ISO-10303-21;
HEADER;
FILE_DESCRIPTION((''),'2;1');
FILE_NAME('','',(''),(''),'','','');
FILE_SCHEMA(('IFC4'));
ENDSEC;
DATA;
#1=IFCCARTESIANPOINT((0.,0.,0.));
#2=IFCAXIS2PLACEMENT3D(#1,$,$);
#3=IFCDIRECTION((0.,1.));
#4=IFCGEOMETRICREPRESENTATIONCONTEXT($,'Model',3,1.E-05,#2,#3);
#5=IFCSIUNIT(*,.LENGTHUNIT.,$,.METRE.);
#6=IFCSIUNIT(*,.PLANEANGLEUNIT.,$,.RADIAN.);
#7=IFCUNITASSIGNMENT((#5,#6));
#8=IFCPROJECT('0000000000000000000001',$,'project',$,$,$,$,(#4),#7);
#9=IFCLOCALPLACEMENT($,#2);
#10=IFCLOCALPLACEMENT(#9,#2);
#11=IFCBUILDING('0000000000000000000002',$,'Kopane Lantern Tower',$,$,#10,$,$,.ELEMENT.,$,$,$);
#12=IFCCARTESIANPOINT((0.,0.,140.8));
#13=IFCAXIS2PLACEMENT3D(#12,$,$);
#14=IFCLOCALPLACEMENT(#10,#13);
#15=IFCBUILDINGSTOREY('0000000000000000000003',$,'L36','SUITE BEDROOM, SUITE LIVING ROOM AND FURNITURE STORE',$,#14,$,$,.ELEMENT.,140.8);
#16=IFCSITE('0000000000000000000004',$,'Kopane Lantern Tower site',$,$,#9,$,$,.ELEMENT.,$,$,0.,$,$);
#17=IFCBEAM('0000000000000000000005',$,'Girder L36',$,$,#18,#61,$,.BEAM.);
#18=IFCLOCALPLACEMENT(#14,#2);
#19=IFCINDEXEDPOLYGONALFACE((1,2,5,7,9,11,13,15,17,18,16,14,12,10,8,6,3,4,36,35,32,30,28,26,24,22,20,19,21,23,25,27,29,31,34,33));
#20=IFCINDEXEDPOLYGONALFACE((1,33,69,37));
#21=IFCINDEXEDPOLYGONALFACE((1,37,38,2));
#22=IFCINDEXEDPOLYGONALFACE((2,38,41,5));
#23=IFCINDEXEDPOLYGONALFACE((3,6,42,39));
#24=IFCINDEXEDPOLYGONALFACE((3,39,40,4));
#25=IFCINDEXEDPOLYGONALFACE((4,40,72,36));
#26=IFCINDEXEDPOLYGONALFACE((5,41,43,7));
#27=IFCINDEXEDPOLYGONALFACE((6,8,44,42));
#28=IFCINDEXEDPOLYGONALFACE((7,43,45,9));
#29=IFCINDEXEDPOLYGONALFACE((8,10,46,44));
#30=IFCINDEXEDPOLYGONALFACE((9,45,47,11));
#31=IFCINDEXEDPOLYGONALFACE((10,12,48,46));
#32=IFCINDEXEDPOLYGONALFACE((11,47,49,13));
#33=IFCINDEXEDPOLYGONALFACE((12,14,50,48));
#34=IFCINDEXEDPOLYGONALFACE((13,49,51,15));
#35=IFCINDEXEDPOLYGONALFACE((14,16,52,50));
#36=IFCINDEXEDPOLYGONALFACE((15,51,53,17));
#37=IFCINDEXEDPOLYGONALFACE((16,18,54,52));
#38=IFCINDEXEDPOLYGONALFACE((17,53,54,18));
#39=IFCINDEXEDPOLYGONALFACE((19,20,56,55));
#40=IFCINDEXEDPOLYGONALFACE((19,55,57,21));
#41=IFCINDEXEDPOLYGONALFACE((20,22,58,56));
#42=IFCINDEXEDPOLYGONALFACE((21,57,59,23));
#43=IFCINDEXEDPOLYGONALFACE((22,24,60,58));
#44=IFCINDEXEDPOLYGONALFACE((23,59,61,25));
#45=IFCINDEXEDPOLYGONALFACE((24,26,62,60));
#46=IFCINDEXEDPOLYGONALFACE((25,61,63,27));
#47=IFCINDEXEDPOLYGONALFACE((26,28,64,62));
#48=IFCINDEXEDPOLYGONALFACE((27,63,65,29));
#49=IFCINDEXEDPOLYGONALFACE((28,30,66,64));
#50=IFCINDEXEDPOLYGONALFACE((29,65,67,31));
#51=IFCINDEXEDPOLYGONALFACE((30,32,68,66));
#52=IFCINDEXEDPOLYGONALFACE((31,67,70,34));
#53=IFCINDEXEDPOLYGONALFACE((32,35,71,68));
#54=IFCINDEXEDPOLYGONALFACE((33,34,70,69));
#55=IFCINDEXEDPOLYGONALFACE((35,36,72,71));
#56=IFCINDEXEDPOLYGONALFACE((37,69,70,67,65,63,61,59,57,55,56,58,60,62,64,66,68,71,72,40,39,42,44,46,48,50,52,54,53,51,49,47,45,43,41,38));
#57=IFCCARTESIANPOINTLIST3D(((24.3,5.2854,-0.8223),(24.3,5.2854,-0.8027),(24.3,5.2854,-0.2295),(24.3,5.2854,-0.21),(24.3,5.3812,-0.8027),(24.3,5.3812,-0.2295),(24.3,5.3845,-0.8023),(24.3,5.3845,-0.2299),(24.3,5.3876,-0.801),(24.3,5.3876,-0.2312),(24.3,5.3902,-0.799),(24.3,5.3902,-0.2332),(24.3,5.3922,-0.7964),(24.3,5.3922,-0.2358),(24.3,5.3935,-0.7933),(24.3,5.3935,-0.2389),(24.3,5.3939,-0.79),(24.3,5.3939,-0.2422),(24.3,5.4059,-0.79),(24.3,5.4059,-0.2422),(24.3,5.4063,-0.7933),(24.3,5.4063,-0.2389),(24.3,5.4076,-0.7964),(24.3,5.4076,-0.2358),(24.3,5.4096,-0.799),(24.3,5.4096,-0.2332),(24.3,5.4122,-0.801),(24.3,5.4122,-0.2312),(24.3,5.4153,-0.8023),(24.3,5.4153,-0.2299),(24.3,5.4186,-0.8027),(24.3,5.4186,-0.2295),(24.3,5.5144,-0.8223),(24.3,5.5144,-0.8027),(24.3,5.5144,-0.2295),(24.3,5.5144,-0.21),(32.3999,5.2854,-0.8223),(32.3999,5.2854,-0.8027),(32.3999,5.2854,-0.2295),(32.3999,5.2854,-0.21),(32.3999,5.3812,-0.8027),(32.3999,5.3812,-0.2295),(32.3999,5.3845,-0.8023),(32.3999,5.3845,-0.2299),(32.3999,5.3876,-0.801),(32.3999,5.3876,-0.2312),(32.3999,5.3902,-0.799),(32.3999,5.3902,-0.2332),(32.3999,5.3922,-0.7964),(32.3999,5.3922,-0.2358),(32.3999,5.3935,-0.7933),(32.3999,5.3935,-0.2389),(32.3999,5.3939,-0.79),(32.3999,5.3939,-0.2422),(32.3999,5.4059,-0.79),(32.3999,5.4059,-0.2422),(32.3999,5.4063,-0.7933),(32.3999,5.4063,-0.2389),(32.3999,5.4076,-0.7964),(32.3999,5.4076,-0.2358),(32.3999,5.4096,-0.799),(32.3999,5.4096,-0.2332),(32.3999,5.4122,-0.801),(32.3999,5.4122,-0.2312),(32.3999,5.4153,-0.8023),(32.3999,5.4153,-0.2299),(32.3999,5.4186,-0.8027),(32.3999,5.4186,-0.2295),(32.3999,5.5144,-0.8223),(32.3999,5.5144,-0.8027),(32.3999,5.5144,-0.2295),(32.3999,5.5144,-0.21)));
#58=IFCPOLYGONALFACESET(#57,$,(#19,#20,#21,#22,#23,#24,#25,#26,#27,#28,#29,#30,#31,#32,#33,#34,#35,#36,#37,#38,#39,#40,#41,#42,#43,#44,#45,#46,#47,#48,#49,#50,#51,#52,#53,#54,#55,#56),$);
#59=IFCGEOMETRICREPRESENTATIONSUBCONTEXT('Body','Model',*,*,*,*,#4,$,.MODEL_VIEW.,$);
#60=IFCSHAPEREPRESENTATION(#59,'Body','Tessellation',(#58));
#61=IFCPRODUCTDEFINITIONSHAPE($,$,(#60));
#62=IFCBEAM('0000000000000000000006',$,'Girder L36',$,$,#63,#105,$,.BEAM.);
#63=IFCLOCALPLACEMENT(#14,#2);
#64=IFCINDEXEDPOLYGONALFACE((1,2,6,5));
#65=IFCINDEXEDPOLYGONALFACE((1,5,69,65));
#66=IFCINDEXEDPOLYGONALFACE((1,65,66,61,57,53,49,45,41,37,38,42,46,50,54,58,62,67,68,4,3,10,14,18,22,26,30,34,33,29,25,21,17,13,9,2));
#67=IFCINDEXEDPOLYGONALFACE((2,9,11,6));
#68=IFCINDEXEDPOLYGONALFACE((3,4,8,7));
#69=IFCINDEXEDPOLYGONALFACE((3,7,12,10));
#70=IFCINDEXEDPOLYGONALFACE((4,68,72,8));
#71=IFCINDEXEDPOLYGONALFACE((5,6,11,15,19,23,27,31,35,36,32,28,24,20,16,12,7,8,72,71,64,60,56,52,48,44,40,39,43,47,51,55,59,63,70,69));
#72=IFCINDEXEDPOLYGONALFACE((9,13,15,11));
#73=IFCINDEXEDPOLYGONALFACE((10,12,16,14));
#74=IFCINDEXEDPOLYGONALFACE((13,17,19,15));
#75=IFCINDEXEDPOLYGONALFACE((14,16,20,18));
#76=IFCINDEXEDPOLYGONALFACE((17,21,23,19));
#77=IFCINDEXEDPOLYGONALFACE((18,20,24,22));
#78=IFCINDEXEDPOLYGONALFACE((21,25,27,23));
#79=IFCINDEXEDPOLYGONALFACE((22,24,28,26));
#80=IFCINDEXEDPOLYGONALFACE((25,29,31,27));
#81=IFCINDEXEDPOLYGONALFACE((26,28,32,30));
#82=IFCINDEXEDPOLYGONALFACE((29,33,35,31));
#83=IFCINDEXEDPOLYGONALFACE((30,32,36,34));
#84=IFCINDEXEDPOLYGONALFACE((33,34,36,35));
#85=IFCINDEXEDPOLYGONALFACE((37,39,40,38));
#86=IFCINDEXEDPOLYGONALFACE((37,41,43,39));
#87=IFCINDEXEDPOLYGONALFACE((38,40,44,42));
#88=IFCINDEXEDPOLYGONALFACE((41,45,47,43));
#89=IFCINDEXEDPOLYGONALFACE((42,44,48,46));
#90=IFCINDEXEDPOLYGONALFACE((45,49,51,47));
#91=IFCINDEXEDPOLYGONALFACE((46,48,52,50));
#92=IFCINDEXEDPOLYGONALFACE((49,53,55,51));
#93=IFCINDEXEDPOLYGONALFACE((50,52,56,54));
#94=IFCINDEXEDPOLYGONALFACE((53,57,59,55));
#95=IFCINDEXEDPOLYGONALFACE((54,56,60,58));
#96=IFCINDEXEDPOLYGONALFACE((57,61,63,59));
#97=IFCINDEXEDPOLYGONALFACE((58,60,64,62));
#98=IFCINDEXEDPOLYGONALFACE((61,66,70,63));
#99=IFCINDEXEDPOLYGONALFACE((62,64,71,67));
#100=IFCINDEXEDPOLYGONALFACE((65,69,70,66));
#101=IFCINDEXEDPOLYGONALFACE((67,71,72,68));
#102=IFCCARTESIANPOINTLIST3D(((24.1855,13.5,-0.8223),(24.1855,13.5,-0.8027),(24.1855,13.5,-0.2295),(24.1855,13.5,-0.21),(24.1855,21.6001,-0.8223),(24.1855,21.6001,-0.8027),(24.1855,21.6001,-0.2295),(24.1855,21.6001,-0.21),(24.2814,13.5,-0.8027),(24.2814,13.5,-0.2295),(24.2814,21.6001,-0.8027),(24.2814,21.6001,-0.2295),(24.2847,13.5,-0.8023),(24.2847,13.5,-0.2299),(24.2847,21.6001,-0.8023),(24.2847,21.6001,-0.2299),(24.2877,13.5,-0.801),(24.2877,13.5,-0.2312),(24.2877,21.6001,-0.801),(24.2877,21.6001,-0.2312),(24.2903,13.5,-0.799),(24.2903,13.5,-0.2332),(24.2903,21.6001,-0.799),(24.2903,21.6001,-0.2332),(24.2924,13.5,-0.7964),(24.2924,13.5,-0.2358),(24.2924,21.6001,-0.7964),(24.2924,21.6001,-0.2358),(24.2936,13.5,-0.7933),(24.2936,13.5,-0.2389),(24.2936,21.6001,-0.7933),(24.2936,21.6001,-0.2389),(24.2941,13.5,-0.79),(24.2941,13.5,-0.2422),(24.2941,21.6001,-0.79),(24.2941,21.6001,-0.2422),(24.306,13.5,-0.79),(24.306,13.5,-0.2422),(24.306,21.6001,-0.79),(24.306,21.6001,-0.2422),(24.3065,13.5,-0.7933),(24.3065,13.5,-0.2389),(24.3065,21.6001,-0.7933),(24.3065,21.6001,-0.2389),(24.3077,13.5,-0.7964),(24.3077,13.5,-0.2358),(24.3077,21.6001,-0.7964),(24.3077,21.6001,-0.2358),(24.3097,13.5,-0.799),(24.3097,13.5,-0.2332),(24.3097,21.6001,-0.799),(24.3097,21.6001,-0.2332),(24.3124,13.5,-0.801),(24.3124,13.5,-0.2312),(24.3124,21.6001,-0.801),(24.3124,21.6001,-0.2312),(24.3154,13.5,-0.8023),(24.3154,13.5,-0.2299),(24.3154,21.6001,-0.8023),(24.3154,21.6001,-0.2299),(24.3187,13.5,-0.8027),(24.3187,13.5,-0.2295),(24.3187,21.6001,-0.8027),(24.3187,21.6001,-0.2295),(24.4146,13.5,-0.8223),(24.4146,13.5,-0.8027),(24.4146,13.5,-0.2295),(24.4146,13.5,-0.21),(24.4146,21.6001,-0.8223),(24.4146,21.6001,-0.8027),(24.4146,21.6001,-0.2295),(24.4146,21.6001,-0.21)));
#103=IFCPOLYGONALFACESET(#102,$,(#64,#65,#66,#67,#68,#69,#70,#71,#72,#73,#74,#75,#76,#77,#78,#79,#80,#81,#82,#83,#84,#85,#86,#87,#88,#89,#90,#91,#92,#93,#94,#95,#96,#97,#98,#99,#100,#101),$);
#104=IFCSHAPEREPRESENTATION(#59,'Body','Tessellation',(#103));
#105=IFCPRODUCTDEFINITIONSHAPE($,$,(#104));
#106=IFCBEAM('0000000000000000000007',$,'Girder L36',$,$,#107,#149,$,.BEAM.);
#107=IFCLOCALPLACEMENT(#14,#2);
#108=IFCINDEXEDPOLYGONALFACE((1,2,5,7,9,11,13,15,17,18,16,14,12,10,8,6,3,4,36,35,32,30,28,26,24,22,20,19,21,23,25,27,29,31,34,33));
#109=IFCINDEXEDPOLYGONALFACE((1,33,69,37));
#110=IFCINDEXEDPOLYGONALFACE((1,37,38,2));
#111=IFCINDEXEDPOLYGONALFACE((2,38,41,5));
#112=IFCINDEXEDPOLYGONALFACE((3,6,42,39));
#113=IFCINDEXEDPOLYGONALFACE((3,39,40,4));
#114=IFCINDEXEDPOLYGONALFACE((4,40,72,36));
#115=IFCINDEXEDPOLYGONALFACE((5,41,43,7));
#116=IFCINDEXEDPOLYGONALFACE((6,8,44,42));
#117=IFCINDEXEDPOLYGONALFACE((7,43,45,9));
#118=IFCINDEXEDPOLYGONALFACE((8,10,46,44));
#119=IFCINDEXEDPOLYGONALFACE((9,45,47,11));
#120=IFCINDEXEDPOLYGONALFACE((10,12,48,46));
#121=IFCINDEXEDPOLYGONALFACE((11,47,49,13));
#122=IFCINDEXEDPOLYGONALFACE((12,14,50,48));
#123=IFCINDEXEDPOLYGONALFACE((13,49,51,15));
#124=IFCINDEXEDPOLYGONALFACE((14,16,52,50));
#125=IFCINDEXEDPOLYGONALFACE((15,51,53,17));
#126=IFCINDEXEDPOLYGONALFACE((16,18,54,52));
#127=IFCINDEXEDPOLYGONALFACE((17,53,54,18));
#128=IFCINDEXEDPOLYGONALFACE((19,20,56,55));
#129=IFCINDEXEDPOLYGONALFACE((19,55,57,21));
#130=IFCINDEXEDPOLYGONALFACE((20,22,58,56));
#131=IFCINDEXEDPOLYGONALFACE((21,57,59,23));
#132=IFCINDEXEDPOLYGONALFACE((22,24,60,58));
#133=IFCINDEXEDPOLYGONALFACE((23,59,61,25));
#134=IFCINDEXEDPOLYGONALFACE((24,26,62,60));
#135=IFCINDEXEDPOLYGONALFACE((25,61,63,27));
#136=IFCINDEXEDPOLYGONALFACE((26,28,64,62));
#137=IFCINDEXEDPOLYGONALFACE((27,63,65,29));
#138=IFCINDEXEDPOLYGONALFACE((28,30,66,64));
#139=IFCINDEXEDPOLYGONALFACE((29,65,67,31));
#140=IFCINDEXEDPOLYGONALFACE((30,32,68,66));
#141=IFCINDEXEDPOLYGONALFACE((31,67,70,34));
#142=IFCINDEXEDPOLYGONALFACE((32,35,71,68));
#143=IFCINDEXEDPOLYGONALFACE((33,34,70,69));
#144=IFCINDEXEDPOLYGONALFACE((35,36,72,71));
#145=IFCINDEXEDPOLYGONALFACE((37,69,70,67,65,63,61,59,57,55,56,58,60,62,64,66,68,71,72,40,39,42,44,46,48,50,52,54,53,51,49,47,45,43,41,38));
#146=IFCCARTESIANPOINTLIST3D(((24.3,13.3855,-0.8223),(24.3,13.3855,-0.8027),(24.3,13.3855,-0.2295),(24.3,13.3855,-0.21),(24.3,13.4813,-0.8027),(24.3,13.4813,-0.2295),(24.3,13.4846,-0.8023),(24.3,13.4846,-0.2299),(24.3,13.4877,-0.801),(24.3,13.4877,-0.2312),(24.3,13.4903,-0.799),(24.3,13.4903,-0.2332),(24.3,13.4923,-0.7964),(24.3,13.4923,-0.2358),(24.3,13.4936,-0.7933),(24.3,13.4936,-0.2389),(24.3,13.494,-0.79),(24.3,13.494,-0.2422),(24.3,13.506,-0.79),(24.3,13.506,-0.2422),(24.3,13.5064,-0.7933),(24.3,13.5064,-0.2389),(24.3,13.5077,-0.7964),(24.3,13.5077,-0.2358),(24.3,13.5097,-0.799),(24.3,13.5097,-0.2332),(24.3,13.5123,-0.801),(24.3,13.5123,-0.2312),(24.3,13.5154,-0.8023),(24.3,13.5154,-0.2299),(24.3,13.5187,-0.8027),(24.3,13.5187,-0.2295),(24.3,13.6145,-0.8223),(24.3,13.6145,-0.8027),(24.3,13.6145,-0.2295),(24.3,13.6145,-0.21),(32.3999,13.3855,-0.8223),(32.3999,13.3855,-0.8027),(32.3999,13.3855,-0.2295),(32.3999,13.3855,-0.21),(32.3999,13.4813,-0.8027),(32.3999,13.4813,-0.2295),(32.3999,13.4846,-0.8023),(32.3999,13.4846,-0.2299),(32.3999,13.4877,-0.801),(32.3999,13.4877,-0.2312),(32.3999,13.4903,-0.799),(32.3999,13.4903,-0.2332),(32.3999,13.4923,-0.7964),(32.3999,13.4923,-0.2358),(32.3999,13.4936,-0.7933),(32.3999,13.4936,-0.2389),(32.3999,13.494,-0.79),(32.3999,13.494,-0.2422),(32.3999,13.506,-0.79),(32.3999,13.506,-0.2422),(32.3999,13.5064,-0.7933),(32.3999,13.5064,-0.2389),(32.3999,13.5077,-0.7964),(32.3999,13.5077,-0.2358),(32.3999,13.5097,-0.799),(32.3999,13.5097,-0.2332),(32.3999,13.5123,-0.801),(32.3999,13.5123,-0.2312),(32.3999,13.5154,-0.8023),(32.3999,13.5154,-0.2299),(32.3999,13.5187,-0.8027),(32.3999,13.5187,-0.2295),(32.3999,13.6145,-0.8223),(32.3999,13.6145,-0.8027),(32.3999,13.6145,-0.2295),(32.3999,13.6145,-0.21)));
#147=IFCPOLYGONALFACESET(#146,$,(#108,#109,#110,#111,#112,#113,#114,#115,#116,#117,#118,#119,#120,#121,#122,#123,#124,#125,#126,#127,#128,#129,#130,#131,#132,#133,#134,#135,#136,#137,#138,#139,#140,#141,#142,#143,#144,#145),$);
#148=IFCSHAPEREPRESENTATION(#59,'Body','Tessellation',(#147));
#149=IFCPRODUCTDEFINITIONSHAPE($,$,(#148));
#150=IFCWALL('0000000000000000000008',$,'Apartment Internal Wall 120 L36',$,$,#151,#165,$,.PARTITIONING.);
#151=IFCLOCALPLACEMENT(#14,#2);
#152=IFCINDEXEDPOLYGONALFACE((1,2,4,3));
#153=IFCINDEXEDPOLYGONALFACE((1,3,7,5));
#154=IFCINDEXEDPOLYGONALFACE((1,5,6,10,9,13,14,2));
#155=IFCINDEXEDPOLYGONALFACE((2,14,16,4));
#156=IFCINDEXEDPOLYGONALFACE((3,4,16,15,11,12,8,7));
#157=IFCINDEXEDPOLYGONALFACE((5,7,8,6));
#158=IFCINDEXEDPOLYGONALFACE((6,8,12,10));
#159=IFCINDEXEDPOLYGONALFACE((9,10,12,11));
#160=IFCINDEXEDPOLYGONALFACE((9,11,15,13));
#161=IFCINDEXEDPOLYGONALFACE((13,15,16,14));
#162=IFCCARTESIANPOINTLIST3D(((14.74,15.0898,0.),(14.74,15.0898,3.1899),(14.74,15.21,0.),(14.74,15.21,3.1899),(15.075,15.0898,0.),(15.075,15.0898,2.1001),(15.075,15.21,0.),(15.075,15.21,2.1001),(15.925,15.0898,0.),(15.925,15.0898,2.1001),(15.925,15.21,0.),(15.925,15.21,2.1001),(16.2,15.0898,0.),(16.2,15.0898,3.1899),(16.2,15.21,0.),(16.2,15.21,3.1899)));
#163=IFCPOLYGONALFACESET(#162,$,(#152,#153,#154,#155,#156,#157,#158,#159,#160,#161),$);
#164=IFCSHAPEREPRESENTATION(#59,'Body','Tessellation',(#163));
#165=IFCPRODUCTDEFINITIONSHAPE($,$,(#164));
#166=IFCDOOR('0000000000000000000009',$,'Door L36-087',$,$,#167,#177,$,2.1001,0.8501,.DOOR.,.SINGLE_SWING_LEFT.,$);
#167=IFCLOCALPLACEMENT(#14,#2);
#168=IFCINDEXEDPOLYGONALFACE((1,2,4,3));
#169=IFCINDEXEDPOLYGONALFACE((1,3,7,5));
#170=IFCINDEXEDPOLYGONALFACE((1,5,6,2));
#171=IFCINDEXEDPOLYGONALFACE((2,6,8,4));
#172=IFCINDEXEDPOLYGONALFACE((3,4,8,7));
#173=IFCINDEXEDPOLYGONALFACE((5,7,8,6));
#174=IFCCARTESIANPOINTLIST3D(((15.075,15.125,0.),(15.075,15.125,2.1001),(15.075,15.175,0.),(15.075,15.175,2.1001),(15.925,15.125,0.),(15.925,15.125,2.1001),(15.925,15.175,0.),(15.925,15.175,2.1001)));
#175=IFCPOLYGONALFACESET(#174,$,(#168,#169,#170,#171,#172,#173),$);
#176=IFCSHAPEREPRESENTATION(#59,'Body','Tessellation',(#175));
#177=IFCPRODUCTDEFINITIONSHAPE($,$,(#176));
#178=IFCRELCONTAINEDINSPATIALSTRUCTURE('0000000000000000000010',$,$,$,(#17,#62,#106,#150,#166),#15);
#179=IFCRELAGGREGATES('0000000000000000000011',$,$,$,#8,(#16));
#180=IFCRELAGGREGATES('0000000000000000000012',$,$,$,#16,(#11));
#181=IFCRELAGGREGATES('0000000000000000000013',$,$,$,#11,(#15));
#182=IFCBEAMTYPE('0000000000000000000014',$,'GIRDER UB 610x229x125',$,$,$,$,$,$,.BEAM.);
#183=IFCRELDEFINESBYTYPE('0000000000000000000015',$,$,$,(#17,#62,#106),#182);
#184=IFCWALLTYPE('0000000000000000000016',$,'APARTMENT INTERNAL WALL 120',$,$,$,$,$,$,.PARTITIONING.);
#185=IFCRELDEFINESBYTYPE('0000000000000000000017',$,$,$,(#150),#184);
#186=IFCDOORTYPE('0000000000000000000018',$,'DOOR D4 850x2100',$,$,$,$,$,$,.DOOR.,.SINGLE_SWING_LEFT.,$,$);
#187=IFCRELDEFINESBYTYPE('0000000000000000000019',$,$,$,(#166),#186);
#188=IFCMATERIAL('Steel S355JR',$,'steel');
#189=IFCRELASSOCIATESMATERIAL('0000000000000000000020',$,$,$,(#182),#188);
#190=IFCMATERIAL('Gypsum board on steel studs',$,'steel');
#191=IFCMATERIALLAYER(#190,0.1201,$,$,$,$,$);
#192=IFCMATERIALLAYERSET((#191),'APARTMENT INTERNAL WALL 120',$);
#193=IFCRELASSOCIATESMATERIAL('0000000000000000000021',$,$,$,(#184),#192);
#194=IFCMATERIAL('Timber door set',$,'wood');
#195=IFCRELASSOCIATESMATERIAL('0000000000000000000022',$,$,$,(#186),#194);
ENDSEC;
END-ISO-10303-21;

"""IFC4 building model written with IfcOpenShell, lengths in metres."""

from ifc_helpers import new_model, si_unit, direction, frame, frame_2d, origin, origin_2d, place, context, subcontext, project, spatial, rectangle, i_section, extrude, material, layer, layer_set, material_profile, profile_set, type_object, element, fill, save


model = new_model("IFC4")

# Units and contexts
model_context = context("Model", 3, precision=1e-05, world=origin(), true_north=direction((0.0, 1.0)))
body_context = subcontext(model_context, "Body", "Model", "MODEL_VIEW")
ifc_project = project(units=[si_unit("LENGTHUNIT", "METRE"), si_unit("PLANEANGLEUNIT", "RADIAN")], contexts=[model_context])

# Site, building, storey
site_placement = place(None, origin())
site = spatial("IfcSite", under=ifc_project, at=site_placement, Name="Kopane Lantern Tower site", CompositionType="ELEMENT", RefElevation=0.0)
building_placement = place(site_placement, origin())
building = spatial("IfcBuilding", under=site, at=building_placement, Name="Kopane Lantern Tower", CompositionType="ELEMENT")
storey_placement = place(building_placement, frame((0.0, 0.0, 140.8)))
storey = spatial("IfcBuildingStorey", under=building, at=storey_placement, Name="L36", Description="SUITE BEDROOM, SUITE LIVING ROOM AND FURNITURE STORE", CompositionType="ELEMENT", Elevation=140.8)

# Beams
ifc_material_1 = material(Name="Steel S355JR", Category="steel")
ifc_material_profile_1 = material_profile(ifc_material_1, i_section(OverallWidth=0.229, OverallDepth=0.6123, WebThickness=0.012, FlangeThickness=0.0195, FilletRadius=0.0127, at=origin_2d()), Name="UB 610x229x125")
ifc_profile_set_1 = profile_set([ifc_material_profile_1], Name="Steel S355JR")
beam_type = type_object("IfcBeamType", Name="GIRDER UB 610x229x125", PredefinedType="BEAM", material=ifc_profile_set_1)
beam_1_placement = place(storey_placement, frame((24.3, 5.3999, -0.5161), z_axis=(1.0, 0.0, 0.0), x_axis=(0.0, 1.0, 0.0)))
element("IfcBeam", 1, at=beam_1_placement, inside=storey, type_object=beam_type, Name="Girder L36", PredefinedType="BEAM", context=body_context, shape_type="SweptSolid", body=[
    extrude(i_section(OverallWidth=0.229, OverallDepth=0.6123, WebThickness=0.012, FlangeThickness=0.0195, FilletRadius=0.0127, at=origin_2d()), origin(), (0.0, 0.0, 1.0), 8.0999),
])
beam_2_placement = place(storey_placement, frame((24.3, 13.5, -0.5161), z_axis=(0.0, 1.0, 0.0), x_axis=(-1.0, 0.0, 0.0)))
element("IfcBeam", 2, at=beam_2_placement, inside=storey, type_object=beam_type, Name="Girder L36", PredefinedType="BEAM", context=body_context, shape_type="SweptSolid", body=[
    extrude(i_section(OverallWidth=0.229, OverallDepth=0.6123, WebThickness=0.012, FlangeThickness=0.0195, FilletRadius=0.0127, at=origin_2d()), origin(), (0.0, 0.0, 1.0), 8.1001),
])
beam_3_placement = place(storey_placement, frame((24.3, 13.5, -0.5161), z_axis=(1.0, 0.0, 0.0), x_axis=(0.0, 1.0, 0.0)))
element("IfcBeam", 3, at=beam_3_placement, inside=storey, type_object=beam_type, Name="Girder L36", PredefinedType="BEAM", context=body_context, shape_type="SweptSolid", body=[
    extrude(i_section(OverallWidth=0.229, OverallDepth=0.6123, WebThickness=0.012, FlangeThickness=0.0195, FilletRadius=0.0127, at=origin_2d()), origin(), (0.0, 0.0, 1.0), 8.0999),
])

# Wall, opening, door
ifc_material_2 = material(Name="Gypsum board on steel studs", Category="steel")
ifc_layer_1 = layer(ifc_material_2, 0.1201)
ifc_layer_set_1 = layer_set([ifc_layer_1], Name="APARTMENT INTERNAL WALL 120")
wall_type_1 = type_object("IfcWallType", Name="APARTMENT INTERNAL WALL 120", PredefinedType="PARTITIONING", material=ifc_layer_set_1)
wall_1_placement = place(storey_placement, frame((16.2, 15.1499, 0.0), z_axis=(0.0, 0.0, 1.0), x_axis=(-1.0, 0.0, 0.0)))
wall_1 = element("IfcWall", 4, at=wall_1_placement, inside=storey, type_object=wall_type_1, Name="Apartment Internal Wall 120 L36", PredefinedType="PARTITIONING", context=body_context, shape_type="SweptSolid", body=[
    extrude(rectangle(XDim=1.46, YDim=0.1201, at=frame_2d((0.73, 0.0))), origin(), (0.0, 0.0, 1.0), 3.1899),
])
opening_1_placement = place(wall_1_placement, frame((0.2749, 0.0, 0.0)))
opening_1 = element("IfcOpeningElement", 5, at=opening_1_placement, cuts=wall_1, PredefinedType="OPENING", context=body_context, shape_type="SweptSolid", body=[
    extrude(rectangle(XDim=0.8501, YDim=2.1001, at=frame_2d((0.425, 1.05))), frame((0.0, 0.0701, 0.0), z_axis=(0.0, -1.0, 0.0), x_axis=(1.0, 0.0, 0.0)), (0.0, 0.0, 1.0), 0.1401),
])
ifc_material_3 = material(Name="Timber door set", Category="wood")
door_type = type_object("IfcDoorType", Name="DOOR D4 850x2100", OperationType="SINGLE_SWING_LEFT", PredefinedType="DOOR", material=ifc_material_3)
door_1_placement = place(opening_1_placement, origin())
door_1 = element("IfcDoor", 6, at=door_1_placement, inside=storey, type_object=door_type, Name="Door L36-087", OperationType="SINGLE_SWING_LEFT", OverallHeight=2.1001, OverallWidth=0.8501, PredefinedType="DOOR", context=body_context, shape_type="SweptSolid", body=[
    extrude(rectangle(XDim=0.8501, YDim=2.1001, at=frame_2d((0.425, 1.05))), frame((0.0, 0.0249, 0.0), z_axis=(0.0, -1.0, 0.0), x_axis=(1.0, 0.0, 0.0)), (0.0, 0.0, 1.0), 0.05),
])
fill(opening_1, door_1)

save(model, "model.ifc")
